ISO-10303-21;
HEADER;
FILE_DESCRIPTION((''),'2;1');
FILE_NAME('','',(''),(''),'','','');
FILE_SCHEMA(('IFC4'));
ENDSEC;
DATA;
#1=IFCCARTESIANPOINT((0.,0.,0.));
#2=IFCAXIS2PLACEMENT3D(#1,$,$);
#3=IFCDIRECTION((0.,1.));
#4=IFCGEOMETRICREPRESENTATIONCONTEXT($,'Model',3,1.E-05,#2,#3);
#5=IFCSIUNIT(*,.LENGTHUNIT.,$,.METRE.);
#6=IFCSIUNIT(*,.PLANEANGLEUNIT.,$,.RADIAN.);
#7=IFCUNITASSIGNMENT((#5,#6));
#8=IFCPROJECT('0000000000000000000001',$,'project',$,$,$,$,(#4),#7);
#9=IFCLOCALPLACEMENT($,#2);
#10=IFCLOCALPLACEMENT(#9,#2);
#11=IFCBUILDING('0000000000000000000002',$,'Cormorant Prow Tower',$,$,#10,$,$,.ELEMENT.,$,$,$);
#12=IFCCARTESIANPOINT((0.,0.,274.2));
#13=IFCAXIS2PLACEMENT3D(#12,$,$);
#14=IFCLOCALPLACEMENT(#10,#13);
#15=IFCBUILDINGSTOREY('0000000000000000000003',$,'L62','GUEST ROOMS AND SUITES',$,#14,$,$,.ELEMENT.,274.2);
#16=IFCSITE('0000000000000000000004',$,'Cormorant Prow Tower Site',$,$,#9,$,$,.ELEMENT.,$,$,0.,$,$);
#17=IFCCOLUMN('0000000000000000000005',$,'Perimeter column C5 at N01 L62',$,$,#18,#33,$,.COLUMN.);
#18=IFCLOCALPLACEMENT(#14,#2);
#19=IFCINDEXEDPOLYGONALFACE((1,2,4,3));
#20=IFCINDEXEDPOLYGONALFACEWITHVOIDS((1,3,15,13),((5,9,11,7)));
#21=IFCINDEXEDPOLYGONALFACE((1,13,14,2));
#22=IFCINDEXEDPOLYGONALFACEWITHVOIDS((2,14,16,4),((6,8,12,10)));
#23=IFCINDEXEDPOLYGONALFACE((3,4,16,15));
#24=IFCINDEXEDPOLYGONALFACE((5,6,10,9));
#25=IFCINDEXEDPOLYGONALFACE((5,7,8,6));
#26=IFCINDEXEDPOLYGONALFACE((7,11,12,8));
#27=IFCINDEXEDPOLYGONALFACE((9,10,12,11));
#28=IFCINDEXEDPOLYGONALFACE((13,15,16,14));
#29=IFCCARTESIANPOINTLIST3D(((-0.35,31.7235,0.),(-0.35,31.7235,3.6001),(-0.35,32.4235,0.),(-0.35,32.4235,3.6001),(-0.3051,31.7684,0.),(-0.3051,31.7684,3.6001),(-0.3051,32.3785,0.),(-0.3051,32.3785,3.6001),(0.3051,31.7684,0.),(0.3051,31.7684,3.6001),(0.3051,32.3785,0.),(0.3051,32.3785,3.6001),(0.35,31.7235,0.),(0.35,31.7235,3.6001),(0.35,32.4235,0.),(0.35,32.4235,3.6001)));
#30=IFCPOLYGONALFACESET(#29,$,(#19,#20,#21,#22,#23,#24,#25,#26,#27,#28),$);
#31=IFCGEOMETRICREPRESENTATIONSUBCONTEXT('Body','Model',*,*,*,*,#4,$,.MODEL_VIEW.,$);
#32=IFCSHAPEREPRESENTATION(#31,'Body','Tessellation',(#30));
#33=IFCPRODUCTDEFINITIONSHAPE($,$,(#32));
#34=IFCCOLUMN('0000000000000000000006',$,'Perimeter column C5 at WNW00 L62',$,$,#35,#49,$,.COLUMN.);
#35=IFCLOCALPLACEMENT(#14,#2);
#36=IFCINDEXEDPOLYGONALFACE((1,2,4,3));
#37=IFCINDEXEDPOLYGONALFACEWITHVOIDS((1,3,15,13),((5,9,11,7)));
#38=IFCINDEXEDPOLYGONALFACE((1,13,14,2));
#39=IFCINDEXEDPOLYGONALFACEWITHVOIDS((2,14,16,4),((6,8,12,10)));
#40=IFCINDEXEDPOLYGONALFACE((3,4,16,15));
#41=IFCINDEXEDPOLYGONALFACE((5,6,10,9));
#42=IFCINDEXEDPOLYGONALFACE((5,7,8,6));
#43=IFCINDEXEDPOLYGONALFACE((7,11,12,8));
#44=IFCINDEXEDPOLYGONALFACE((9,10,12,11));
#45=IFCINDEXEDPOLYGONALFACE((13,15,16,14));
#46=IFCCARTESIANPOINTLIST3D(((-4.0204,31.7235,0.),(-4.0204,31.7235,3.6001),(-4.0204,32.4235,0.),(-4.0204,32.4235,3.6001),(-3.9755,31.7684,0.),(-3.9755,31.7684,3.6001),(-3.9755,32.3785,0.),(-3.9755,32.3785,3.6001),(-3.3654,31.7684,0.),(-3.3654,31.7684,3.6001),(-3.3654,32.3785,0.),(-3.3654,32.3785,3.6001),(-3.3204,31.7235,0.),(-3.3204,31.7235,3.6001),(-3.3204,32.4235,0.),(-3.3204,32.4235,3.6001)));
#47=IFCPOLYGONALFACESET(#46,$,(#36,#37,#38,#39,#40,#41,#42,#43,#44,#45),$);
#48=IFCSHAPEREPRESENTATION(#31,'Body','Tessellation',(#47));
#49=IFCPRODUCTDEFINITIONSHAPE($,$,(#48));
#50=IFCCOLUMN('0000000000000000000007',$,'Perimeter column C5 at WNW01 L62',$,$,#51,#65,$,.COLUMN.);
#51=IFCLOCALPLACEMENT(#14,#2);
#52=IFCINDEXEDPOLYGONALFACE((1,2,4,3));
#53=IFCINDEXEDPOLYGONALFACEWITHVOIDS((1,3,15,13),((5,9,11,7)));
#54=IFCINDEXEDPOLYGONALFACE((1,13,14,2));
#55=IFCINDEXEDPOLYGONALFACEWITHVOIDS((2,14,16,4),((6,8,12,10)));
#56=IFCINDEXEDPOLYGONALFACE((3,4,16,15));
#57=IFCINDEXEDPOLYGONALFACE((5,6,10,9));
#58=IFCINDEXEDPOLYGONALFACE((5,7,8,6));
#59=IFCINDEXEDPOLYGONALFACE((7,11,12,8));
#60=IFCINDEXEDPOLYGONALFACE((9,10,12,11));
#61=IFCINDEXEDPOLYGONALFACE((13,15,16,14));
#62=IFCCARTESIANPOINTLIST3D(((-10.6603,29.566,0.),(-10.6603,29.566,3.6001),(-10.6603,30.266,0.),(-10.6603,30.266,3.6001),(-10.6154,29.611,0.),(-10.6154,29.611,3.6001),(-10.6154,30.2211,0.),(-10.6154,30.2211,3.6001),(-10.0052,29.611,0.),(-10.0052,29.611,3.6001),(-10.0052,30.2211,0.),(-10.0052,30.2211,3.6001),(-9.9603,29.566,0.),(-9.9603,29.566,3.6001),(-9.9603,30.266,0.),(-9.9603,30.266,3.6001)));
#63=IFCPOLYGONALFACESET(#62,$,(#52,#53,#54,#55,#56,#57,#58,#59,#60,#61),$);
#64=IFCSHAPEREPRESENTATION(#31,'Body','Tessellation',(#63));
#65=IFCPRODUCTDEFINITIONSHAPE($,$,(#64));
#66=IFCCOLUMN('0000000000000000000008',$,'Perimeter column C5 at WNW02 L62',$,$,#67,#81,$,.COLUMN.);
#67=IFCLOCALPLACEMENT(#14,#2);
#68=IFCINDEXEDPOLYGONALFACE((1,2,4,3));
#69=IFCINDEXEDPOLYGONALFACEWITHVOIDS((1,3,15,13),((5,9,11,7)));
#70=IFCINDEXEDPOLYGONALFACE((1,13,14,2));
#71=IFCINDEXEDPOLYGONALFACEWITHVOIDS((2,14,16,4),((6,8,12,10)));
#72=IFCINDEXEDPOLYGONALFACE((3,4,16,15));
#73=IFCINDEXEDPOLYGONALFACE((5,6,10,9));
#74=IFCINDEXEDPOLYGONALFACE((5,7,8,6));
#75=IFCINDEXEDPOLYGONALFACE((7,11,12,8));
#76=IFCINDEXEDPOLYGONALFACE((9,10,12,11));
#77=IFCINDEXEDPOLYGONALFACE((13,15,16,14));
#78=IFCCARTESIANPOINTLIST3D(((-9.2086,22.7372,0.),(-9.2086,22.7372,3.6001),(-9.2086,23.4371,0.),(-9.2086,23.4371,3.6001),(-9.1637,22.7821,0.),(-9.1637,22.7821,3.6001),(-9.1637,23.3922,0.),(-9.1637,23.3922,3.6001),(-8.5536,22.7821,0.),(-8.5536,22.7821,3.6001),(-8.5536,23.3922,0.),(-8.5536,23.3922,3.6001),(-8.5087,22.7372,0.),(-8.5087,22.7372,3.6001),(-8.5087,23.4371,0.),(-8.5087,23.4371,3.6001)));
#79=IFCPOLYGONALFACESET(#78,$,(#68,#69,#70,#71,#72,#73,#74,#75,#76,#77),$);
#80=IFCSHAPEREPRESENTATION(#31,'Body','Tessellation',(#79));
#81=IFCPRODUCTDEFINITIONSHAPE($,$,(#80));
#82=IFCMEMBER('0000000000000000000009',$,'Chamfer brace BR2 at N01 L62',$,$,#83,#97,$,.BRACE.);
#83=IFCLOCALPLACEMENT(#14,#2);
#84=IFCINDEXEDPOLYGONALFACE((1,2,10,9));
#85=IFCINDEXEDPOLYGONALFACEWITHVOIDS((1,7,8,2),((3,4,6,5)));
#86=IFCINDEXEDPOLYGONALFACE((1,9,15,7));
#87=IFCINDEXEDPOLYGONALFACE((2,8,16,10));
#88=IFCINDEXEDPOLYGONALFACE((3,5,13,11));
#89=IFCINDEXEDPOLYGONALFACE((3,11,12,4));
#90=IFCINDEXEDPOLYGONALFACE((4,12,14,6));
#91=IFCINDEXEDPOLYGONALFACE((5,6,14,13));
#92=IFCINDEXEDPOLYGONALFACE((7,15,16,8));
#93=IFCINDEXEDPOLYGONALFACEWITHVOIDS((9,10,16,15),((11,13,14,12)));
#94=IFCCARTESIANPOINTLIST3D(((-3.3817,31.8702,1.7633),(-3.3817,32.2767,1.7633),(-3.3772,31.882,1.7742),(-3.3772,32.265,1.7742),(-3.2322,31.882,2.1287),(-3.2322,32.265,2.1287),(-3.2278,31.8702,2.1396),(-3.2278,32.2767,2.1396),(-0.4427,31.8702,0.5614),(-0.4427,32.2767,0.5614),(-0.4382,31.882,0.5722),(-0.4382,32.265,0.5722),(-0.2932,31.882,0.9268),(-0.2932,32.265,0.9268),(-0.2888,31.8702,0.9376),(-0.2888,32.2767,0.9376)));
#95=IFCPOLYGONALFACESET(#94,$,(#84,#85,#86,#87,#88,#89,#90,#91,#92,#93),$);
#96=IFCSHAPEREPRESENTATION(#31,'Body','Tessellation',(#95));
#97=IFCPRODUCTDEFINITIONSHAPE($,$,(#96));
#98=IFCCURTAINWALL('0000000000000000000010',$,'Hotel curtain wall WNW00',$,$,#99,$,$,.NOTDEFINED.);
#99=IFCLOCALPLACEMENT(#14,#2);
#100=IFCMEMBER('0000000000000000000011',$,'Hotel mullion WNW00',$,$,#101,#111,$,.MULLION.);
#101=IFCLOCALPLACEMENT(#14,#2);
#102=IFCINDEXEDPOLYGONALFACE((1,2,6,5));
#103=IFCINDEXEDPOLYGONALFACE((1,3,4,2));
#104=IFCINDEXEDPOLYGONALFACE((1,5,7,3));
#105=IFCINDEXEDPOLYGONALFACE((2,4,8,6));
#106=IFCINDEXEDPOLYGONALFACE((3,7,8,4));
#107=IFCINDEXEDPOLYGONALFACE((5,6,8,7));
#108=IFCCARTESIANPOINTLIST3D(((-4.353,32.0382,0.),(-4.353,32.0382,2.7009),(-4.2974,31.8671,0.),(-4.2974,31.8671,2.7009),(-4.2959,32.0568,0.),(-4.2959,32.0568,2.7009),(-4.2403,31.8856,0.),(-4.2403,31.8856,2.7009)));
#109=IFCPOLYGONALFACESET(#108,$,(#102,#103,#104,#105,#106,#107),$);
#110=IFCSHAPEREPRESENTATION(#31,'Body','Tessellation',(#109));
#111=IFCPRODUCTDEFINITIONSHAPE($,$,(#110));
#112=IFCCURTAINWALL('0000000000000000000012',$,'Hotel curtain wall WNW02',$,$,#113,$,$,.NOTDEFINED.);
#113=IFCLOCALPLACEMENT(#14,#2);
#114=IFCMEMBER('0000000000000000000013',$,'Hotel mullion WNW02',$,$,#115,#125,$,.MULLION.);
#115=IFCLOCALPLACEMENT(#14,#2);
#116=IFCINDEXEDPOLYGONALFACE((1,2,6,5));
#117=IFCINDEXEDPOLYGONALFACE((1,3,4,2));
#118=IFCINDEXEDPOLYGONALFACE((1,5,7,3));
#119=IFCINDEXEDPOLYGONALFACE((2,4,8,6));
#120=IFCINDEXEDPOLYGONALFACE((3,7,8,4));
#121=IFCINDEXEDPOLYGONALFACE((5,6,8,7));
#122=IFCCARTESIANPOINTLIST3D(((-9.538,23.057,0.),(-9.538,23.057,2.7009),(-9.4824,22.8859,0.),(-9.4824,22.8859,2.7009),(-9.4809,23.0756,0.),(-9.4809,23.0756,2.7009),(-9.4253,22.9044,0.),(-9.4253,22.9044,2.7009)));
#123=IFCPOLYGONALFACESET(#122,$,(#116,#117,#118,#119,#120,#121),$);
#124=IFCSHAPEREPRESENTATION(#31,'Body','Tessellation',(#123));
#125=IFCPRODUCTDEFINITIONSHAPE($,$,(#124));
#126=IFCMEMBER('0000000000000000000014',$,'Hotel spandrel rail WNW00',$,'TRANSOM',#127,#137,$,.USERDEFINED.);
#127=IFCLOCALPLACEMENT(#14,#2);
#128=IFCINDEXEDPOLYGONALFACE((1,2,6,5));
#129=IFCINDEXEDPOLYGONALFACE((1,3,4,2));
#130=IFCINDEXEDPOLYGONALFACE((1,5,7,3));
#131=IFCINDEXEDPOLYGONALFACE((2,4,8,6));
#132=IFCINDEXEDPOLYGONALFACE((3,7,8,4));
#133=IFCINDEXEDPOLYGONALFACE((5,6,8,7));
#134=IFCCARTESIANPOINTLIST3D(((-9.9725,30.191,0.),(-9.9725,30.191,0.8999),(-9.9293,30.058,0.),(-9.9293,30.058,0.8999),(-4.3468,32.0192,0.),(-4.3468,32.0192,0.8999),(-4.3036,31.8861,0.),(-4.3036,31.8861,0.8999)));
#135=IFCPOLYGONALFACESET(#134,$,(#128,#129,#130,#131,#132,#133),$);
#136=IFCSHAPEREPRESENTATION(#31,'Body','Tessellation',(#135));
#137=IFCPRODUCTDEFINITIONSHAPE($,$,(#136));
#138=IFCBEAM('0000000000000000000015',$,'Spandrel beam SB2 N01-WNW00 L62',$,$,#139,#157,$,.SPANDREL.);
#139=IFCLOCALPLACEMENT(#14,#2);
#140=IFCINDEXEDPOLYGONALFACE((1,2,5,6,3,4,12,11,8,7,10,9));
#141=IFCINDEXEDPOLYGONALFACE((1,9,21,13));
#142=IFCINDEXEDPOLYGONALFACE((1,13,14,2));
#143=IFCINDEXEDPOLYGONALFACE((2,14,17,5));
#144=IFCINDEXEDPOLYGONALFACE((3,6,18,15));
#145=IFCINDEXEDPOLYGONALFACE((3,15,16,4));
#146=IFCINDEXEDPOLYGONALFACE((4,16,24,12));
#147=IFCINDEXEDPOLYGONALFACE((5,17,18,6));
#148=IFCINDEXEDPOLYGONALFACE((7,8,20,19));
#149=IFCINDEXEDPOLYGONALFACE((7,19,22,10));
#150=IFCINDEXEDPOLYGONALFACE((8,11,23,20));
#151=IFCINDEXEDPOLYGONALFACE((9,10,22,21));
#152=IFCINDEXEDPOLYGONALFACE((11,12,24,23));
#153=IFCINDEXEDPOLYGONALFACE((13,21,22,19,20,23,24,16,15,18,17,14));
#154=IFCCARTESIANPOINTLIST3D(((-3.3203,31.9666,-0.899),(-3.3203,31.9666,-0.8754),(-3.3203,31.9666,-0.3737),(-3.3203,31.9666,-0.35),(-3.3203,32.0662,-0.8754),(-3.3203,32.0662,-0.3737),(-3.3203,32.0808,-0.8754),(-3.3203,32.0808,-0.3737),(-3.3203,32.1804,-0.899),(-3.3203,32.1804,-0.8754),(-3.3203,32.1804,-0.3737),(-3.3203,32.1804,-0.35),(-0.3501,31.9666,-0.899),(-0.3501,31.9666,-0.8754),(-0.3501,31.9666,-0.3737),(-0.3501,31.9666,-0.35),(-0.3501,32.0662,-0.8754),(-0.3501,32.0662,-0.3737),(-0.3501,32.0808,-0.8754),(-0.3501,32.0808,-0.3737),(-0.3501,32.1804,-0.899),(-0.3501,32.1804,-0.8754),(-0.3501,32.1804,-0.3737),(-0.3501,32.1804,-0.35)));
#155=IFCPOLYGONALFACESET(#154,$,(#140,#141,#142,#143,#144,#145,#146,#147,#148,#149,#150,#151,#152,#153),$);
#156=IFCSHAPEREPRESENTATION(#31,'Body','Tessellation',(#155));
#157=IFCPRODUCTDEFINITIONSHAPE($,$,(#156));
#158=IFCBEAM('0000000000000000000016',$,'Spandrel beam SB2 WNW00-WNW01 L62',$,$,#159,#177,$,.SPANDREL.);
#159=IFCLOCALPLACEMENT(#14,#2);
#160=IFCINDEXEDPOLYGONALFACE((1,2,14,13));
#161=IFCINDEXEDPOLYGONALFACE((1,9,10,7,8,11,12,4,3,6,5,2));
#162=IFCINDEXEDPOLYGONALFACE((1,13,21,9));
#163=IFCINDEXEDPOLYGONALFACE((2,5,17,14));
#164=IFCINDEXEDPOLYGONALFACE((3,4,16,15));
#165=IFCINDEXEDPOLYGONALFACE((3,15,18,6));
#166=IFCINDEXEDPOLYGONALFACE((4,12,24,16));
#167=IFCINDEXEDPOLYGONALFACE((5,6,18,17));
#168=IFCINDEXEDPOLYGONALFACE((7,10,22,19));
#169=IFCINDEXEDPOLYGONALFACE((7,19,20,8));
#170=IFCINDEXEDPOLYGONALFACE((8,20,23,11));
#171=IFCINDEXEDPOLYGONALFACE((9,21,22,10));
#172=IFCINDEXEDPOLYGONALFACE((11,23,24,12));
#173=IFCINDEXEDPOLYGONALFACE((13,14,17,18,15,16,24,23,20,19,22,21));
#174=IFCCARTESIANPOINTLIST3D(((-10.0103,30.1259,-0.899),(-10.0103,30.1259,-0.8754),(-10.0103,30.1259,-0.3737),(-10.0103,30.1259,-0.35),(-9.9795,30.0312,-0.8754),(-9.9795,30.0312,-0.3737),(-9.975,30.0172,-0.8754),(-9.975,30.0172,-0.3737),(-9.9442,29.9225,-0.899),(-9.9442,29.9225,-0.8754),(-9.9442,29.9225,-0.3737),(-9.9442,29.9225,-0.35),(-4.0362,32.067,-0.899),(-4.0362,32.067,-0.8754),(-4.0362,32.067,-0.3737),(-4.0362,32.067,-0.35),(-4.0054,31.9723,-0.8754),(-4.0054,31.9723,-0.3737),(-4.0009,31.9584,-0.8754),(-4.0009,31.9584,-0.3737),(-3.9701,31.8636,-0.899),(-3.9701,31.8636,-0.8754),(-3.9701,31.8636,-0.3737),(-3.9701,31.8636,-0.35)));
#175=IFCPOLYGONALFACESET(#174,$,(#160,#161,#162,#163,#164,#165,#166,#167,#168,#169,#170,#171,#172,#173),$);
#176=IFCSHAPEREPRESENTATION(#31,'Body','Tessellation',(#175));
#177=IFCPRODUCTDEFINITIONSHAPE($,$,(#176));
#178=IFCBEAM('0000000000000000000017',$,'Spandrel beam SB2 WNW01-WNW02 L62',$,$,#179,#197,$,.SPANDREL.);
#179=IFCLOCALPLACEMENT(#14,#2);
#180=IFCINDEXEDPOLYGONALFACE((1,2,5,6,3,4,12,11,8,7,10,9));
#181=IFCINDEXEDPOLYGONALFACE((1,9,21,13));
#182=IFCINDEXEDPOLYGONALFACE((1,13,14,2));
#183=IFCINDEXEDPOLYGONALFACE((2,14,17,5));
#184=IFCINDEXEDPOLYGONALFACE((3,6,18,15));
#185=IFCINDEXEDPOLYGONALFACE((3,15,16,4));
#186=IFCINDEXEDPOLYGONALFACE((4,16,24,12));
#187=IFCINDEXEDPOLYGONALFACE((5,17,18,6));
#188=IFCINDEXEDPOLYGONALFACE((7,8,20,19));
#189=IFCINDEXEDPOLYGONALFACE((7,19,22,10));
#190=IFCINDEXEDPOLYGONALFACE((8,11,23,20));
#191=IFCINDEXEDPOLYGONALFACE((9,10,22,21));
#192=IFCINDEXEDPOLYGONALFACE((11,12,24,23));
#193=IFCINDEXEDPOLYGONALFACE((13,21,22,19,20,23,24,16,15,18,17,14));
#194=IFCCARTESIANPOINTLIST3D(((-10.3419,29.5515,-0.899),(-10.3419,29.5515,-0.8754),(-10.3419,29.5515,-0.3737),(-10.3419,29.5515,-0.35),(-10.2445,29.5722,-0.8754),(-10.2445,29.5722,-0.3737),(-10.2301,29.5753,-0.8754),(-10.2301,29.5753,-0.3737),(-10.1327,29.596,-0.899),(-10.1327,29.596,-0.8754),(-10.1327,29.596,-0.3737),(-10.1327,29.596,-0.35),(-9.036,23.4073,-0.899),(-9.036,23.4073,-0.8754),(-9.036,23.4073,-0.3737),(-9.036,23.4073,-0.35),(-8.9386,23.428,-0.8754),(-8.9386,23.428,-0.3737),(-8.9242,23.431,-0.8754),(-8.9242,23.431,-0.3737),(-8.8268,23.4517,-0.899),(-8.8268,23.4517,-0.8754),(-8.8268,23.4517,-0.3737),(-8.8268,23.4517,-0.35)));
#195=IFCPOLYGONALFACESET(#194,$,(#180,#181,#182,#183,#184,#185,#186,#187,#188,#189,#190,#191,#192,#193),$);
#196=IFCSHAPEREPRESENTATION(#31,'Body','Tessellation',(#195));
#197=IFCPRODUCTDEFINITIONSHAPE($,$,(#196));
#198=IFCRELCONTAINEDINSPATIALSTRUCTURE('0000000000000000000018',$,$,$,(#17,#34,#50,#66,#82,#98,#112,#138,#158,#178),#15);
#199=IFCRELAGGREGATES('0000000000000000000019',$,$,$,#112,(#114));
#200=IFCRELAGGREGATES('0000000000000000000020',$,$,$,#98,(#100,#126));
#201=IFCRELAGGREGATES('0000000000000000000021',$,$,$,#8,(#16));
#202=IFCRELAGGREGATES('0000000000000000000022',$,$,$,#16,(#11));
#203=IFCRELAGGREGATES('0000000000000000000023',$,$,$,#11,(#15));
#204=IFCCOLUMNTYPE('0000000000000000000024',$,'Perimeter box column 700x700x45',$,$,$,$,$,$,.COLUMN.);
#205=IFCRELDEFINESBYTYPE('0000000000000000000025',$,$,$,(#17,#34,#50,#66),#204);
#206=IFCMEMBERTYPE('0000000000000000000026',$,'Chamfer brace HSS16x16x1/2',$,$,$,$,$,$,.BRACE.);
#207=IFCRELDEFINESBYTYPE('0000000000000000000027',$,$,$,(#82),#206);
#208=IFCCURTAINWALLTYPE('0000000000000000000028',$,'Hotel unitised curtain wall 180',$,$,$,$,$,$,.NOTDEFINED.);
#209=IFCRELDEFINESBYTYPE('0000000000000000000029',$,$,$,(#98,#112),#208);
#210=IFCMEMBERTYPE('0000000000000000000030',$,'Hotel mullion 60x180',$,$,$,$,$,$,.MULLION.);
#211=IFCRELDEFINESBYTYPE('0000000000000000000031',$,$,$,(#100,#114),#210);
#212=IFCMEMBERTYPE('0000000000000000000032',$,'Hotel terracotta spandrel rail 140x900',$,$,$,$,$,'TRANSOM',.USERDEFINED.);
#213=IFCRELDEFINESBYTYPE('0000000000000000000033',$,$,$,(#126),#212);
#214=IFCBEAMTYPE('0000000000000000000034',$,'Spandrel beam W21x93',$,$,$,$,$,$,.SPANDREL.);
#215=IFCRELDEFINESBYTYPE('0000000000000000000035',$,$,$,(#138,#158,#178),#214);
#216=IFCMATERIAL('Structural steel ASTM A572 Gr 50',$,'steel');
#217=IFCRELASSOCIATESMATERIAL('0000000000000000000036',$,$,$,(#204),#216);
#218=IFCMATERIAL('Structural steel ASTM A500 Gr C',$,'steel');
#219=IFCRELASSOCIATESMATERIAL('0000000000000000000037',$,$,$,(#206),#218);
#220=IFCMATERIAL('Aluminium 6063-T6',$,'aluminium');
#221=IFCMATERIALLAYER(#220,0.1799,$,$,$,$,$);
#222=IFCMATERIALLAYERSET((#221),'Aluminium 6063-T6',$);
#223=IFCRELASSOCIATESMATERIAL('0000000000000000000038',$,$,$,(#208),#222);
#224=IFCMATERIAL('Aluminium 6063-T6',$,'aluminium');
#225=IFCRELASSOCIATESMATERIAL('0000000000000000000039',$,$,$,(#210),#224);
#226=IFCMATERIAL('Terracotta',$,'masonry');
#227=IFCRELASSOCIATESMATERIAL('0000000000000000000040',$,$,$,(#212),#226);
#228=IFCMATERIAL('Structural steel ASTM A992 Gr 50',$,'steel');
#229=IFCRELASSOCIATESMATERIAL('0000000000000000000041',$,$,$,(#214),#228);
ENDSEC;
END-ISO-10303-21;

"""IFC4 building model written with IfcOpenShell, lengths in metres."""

from ifc_helpers import new_model, si_unit, direction, frame, origin, origin_2d, place, context, subcontext, project, spatial, rectangle, hollow_rectangle, i_section, extrude, material, layer, layer_set, material_profile, profile_set, type_object, element, aggregate, save


model = new_model("IFC4")

# Units and contexts
model_context = context("Model", 3, precision=1e-05, world=origin(), true_north=direction((0.0, 1.0)))
body_context = subcontext(model_context, "Body", "Model", "MODEL_VIEW")
ifc_project = project(units=[si_unit("LENGTHUNIT", "METRE"), si_unit("PLANEANGLEUNIT", "RADIAN")], contexts=[model_context])

# Site, building, storey
site_placement = place(None, origin())
site = spatial("IfcSite", under=ifc_project, at=site_placement, Name="Cormorant Prow Tower Site", CompositionType="ELEMENT", RefElevation=0.0)
building_placement = place(site_placement, origin())
building = spatial("IfcBuilding", under=site, at=building_placement, Name="Cormorant Prow Tower", CompositionType="ELEMENT")
storey_placement = place(building_placement, frame((0.0, 0.0, 274.2)))
storey = spatial("IfcBuildingStorey", under=building, at=storey_placement, Name="L62", Description="GUEST ROOMS AND SUITES", CompositionType="ELEMENT", Elevation=274.2)

# Columns
ifc_material_1 = material(Name="Structural steel ASTM A572 Gr 50", Category="steel")
ifc_material_profile_1 = material_profile(ifc_material_1, hollow_rectangle(XDim=0.7, YDim=0.7, WallThickness=0.0449, at=origin_2d()), Name="Box 700x700x45")
ifc_profile_set_1 = profile_set([ifc_material_profile_1], Name="Structural steel ASTM A572 Gr 50")
column_type = type_object("IfcColumnType", Name="Perimeter box column 700x700x45", PredefinedType="COLUMN", material=ifc_profile_set_1)
for number, where, z_axis, x_axis, name in (
    (1, (0.0, 32.0735, 0.0), (0.0, 0.0, 1.0), (1.0, 0.0, 0.0), "Perimeter column C5 at N01 L62"),
    (2, (-3.6704, 32.0735, 0.0), (0.0, 0.0, 1.0), (1.0, 0.0, 0.0), "Perimeter column C5 at WNW00 L62"),
    (3, (-10.3103, 29.916, 0.0), (0.0, 0.0, 1.0), (1.0, 0.0, 0.0), "Perimeter column C5 at WNW01 L62"),
    (4, (-8.8586, 23.0872, 0.0), (0.0, 0.0, 1.0), (1.0, 0.0, 0.0), "Perimeter column C5 at WNW02 L62"),
):
    element("IfcColumn", number, at=place(storey_placement, frame(where, z_axis=z_axis, x_axis=x_axis)), inside=storey, type_object=column_type, Name=name, PredefinedType="COLUMN", context=body_context, shape_type="SweptSolid", body=[
        extrude(hollow_rectangle(XDim=0.7, YDim=0.7, WallThickness=0.0449, at=origin_2d()), origin(), (0.0, 0.0, 1.0), 3.6001),
    ])

# Member
ifc_material_2 = material(Name="Structural steel ASTM A500 Gr C", Category="steel")
ifc_material_profile_2 = material_profile(ifc_material_2, hollow_rectangle(XDim=0.4065, YDim=0.4065, WallThickness=0.0117, at=origin_2d()), Name="HSS16x16x1/2")
ifc_profile_set_2 = profile_set([ifc_material_profile_2], Name="Structural steel ASTM A500 Gr C")
member_type_1 = type_object("IfcMemberType", Name="Chamfer brace HSS16x16x1/2", PredefinedType="BRACE", material=ifc_profile_set_2)
member_1_placement = place(storey_placement, frame((-0.3657, 32.0735, 0.7495), z_axis=(-0.925591, 0.0, 0.378525), x_axis=(0.0, -1.0, 0.0)))
element("IfcMember", 5, at=member_1_placement, inside=storey, type_object=member_type_1, Name="Chamfer brace BR2 at N01 L62", PredefinedType="BRACE", context=body_context, shape_type="SweptSolid", body=[
    extrude(hollow_rectangle(XDim=0.4065, YDim=0.4065, WallThickness=0.0117, at=origin_2d()), origin(), (0.0, 0.0, 1.0), 3.1753),
])

# Curtain walls, members
ifc_material_3 = material(Name="Aluminium 6063-T6", Category="aluminium")
ifc_layer_1 = layer(ifc_material_3, 0.1799)
ifc_layer_set_1 = layer_set([ifc_layer_1], Name="Aluminium 6063-T6")
curtain_wall_type = type_object("IfcCurtainWallType", Name="Hotel unitised curtain wall 180", PredefinedType="NOTDEFINED", material=ifc_layer_set_1)
curtain_wall_1_placement = place(storey_placement, origin())
curtain_wall_1 = element("IfcCurtainWall", 6, at=curtain_wall_1_placement, inside=storey, type_object=curtain_wall_type, Name="Hotel curtain wall WNW00", PredefinedType="NOTDEFINED")
ifc_material_4 = material(Name="Aluminium 6063-T6", Category="aluminium")
ifc_material_profile_3 = material_profile(ifc_material_4, rectangle(XDim=0.1799, YDim=0.0601, at=origin_2d()), Name="Hotel mullion 60x180")
ifc_profile_set_3 = profile_set([ifc_material_profile_3], Name="Aluminium 6063-T6")
member_type_2 = type_object("IfcMemberType", Name="Hotel mullion 60x180", PredefinedType="MULLION", material=ifc_profile_set_3)
member_2_placement = place(storey_placement, frame((-4.2966, 31.9619, 0.0), z_axis=(0.0, 0.0, 1.0), x_axis=(0.309017, -0.951057, 0.0)))
member_2 = element("IfcMember", 7, at=member_2_placement, type_object=member_type_2, Name="Hotel mullion WNW00", PredefinedType="MULLION", context=body_context, shape_type="SweptSolid", body=[
    extrude(rectangle(XDim=0.1799, YDim=0.0601, at=origin_2d()), origin(), (0.0, 0.0, 1.0), 2.7009),
])
curtain_wall_2_placement = place(storey_placement, origin())
curtain_wall_2 = element("IfcCurtainWall", 8, at=curtain_wall_2_placement, inside=storey, type_object=curtain_wall_type, Name="Hotel curtain wall WNW02", PredefinedType="NOTDEFINED")
member_3_placement = place(storey_placement, frame((-9.4817, 22.9807, 0.0), z_axis=(0.0, 0.0, 1.0), x_axis=(0.309017, -0.951057, 0.0)))
member_3 = element("IfcMember", 9, at=member_3_placement, type_object=member_type_2, Name="Hotel mullion WNW02", PredefinedType="MULLION", context=body_context, shape_type="SweptSolid", body=[
    extrude(rectangle(XDim=0.1799, YDim=0.0601, at=origin_2d()), origin(), (0.0, 0.0, 1.0), 2.7009),
])
aggregate(curtain_wall_2, [member_3])

# Member
ifc_material_5 = material(Name="Terracotta", Category="masonry")
ifc_material_profile_4 = material_profile(ifc_material_5, rectangle(XDim=0.1399, YDim=0.8999, at=origin_2d()), Name="Hotel terracotta spandrel rail 140x900")
ifc_profile_set_4 = profile_set([ifc_material_profile_4], Name="Terracotta")
member_type_3 = type_object("IfcMemberType", Name="Hotel terracotta spandrel rail 140x900", ElementType="TRANSOM", PredefinedType="USERDEFINED", material=ifc_profile_set_4)
member_4_placement = place(storey_placement, frame((-4.3252, 31.9526, 0.45), z_axis=(-0.951046, -0.30905, 0.0), x_axis=(0.30905, -0.951046, 0.0)))
member_4 = element("IfcMember", 10, at=member_4_placement, type_object=member_type_3, Name="Hotel spandrel rail WNW00", ObjectType="TRANSOM", PredefinedType="USERDEFINED", context=body_context, shape_type="SweptSolid", body=[
    extrude(rectangle(XDim=0.1399, YDim=0.8999, at=origin_2d()), origin(), (0.0, 0.0, 1.0), 5.9153),
])

# Beams
ifc_material_6 = material(Name="Structural steel ASTM A992 Gr 50", Category="steel")
ifc_material_profile_5 = material_profile(ifc_material_6, i_section(OverallWidth=0.2139, OverallDepth=0.5491, WebThickness=0.0146, FlangeThickness=0.0237, at=origin_2d()), Name="W21x93")
ifc_profile_set_5 = profile_set([ifc_material_profile_5], Name="Structural steel ASTM A992 Gr 50")
beam_type = type_object("IfcBeamType", Name="Spandrel beam W21x93", PredefinedType="SPANDREL", material=ifc_profile_set_5)
beam_1_placement = place(storey_placement, frame((-0.3501, 32.0735, -0.6245), z_axis=(-1.0, 0.0, 0.0), x_axis=(0.0, -1.0, 0.0)))
element("IfcBeam", 11, at=beam_1_placement, inside=storey, type_object=beam_type, Name="Spandrel beam SB2 N01-WNW00 L62", PredefinedType="SPANDREL", context=body_context, shape_type="SweptSolid", body=[
    extrude(i_section(OverallWidth=0.2139, OverallDepth=0.5491, WebThickness=0.0146, FlangeThickness=0.0237, at=origin_2d()), origin(), (0.0, 0.0, 1.0), 2.9702),
])
for number, where, z_axis, x_axis, name in (
    (12, (-4.0032, 31.9653, -0.6245), (-0.951054, -0.309025, 0.0), (0.309025, -0.951054, 0.0), "Spandrel beam SB2 WNW00-WNW01 L62"),
    (13, (-10.2373, 29.5737, -0.6245), (0.207896, -0.978151, 0.0), (0.978151, 0.207896, 0.0), "Spandrel beam SB2 WNW01-WNW02 L62"),
):
    element("IfcBeam", number, at=place(storey_placement, frame(where, z_axis=z_axis, x_axis=x_axis)), inside=storey, type_object=beam_type, Name=name, PredefinedType="SPANDREL", context=body_context, shape_type="SweptSolid", body=[
        extrude(i_section(OverallWidth=0.2139, OverallDepth=0.5491, WebThickness=0.0146, FlangeThickness=0.0237, at=origin_2d()), origin(), (0.0, 0.0, 1.0), 6.2815),
    ])

aggregate(curtain_wall_1, [member_2, member_4])

save(model, "model.ifc")
